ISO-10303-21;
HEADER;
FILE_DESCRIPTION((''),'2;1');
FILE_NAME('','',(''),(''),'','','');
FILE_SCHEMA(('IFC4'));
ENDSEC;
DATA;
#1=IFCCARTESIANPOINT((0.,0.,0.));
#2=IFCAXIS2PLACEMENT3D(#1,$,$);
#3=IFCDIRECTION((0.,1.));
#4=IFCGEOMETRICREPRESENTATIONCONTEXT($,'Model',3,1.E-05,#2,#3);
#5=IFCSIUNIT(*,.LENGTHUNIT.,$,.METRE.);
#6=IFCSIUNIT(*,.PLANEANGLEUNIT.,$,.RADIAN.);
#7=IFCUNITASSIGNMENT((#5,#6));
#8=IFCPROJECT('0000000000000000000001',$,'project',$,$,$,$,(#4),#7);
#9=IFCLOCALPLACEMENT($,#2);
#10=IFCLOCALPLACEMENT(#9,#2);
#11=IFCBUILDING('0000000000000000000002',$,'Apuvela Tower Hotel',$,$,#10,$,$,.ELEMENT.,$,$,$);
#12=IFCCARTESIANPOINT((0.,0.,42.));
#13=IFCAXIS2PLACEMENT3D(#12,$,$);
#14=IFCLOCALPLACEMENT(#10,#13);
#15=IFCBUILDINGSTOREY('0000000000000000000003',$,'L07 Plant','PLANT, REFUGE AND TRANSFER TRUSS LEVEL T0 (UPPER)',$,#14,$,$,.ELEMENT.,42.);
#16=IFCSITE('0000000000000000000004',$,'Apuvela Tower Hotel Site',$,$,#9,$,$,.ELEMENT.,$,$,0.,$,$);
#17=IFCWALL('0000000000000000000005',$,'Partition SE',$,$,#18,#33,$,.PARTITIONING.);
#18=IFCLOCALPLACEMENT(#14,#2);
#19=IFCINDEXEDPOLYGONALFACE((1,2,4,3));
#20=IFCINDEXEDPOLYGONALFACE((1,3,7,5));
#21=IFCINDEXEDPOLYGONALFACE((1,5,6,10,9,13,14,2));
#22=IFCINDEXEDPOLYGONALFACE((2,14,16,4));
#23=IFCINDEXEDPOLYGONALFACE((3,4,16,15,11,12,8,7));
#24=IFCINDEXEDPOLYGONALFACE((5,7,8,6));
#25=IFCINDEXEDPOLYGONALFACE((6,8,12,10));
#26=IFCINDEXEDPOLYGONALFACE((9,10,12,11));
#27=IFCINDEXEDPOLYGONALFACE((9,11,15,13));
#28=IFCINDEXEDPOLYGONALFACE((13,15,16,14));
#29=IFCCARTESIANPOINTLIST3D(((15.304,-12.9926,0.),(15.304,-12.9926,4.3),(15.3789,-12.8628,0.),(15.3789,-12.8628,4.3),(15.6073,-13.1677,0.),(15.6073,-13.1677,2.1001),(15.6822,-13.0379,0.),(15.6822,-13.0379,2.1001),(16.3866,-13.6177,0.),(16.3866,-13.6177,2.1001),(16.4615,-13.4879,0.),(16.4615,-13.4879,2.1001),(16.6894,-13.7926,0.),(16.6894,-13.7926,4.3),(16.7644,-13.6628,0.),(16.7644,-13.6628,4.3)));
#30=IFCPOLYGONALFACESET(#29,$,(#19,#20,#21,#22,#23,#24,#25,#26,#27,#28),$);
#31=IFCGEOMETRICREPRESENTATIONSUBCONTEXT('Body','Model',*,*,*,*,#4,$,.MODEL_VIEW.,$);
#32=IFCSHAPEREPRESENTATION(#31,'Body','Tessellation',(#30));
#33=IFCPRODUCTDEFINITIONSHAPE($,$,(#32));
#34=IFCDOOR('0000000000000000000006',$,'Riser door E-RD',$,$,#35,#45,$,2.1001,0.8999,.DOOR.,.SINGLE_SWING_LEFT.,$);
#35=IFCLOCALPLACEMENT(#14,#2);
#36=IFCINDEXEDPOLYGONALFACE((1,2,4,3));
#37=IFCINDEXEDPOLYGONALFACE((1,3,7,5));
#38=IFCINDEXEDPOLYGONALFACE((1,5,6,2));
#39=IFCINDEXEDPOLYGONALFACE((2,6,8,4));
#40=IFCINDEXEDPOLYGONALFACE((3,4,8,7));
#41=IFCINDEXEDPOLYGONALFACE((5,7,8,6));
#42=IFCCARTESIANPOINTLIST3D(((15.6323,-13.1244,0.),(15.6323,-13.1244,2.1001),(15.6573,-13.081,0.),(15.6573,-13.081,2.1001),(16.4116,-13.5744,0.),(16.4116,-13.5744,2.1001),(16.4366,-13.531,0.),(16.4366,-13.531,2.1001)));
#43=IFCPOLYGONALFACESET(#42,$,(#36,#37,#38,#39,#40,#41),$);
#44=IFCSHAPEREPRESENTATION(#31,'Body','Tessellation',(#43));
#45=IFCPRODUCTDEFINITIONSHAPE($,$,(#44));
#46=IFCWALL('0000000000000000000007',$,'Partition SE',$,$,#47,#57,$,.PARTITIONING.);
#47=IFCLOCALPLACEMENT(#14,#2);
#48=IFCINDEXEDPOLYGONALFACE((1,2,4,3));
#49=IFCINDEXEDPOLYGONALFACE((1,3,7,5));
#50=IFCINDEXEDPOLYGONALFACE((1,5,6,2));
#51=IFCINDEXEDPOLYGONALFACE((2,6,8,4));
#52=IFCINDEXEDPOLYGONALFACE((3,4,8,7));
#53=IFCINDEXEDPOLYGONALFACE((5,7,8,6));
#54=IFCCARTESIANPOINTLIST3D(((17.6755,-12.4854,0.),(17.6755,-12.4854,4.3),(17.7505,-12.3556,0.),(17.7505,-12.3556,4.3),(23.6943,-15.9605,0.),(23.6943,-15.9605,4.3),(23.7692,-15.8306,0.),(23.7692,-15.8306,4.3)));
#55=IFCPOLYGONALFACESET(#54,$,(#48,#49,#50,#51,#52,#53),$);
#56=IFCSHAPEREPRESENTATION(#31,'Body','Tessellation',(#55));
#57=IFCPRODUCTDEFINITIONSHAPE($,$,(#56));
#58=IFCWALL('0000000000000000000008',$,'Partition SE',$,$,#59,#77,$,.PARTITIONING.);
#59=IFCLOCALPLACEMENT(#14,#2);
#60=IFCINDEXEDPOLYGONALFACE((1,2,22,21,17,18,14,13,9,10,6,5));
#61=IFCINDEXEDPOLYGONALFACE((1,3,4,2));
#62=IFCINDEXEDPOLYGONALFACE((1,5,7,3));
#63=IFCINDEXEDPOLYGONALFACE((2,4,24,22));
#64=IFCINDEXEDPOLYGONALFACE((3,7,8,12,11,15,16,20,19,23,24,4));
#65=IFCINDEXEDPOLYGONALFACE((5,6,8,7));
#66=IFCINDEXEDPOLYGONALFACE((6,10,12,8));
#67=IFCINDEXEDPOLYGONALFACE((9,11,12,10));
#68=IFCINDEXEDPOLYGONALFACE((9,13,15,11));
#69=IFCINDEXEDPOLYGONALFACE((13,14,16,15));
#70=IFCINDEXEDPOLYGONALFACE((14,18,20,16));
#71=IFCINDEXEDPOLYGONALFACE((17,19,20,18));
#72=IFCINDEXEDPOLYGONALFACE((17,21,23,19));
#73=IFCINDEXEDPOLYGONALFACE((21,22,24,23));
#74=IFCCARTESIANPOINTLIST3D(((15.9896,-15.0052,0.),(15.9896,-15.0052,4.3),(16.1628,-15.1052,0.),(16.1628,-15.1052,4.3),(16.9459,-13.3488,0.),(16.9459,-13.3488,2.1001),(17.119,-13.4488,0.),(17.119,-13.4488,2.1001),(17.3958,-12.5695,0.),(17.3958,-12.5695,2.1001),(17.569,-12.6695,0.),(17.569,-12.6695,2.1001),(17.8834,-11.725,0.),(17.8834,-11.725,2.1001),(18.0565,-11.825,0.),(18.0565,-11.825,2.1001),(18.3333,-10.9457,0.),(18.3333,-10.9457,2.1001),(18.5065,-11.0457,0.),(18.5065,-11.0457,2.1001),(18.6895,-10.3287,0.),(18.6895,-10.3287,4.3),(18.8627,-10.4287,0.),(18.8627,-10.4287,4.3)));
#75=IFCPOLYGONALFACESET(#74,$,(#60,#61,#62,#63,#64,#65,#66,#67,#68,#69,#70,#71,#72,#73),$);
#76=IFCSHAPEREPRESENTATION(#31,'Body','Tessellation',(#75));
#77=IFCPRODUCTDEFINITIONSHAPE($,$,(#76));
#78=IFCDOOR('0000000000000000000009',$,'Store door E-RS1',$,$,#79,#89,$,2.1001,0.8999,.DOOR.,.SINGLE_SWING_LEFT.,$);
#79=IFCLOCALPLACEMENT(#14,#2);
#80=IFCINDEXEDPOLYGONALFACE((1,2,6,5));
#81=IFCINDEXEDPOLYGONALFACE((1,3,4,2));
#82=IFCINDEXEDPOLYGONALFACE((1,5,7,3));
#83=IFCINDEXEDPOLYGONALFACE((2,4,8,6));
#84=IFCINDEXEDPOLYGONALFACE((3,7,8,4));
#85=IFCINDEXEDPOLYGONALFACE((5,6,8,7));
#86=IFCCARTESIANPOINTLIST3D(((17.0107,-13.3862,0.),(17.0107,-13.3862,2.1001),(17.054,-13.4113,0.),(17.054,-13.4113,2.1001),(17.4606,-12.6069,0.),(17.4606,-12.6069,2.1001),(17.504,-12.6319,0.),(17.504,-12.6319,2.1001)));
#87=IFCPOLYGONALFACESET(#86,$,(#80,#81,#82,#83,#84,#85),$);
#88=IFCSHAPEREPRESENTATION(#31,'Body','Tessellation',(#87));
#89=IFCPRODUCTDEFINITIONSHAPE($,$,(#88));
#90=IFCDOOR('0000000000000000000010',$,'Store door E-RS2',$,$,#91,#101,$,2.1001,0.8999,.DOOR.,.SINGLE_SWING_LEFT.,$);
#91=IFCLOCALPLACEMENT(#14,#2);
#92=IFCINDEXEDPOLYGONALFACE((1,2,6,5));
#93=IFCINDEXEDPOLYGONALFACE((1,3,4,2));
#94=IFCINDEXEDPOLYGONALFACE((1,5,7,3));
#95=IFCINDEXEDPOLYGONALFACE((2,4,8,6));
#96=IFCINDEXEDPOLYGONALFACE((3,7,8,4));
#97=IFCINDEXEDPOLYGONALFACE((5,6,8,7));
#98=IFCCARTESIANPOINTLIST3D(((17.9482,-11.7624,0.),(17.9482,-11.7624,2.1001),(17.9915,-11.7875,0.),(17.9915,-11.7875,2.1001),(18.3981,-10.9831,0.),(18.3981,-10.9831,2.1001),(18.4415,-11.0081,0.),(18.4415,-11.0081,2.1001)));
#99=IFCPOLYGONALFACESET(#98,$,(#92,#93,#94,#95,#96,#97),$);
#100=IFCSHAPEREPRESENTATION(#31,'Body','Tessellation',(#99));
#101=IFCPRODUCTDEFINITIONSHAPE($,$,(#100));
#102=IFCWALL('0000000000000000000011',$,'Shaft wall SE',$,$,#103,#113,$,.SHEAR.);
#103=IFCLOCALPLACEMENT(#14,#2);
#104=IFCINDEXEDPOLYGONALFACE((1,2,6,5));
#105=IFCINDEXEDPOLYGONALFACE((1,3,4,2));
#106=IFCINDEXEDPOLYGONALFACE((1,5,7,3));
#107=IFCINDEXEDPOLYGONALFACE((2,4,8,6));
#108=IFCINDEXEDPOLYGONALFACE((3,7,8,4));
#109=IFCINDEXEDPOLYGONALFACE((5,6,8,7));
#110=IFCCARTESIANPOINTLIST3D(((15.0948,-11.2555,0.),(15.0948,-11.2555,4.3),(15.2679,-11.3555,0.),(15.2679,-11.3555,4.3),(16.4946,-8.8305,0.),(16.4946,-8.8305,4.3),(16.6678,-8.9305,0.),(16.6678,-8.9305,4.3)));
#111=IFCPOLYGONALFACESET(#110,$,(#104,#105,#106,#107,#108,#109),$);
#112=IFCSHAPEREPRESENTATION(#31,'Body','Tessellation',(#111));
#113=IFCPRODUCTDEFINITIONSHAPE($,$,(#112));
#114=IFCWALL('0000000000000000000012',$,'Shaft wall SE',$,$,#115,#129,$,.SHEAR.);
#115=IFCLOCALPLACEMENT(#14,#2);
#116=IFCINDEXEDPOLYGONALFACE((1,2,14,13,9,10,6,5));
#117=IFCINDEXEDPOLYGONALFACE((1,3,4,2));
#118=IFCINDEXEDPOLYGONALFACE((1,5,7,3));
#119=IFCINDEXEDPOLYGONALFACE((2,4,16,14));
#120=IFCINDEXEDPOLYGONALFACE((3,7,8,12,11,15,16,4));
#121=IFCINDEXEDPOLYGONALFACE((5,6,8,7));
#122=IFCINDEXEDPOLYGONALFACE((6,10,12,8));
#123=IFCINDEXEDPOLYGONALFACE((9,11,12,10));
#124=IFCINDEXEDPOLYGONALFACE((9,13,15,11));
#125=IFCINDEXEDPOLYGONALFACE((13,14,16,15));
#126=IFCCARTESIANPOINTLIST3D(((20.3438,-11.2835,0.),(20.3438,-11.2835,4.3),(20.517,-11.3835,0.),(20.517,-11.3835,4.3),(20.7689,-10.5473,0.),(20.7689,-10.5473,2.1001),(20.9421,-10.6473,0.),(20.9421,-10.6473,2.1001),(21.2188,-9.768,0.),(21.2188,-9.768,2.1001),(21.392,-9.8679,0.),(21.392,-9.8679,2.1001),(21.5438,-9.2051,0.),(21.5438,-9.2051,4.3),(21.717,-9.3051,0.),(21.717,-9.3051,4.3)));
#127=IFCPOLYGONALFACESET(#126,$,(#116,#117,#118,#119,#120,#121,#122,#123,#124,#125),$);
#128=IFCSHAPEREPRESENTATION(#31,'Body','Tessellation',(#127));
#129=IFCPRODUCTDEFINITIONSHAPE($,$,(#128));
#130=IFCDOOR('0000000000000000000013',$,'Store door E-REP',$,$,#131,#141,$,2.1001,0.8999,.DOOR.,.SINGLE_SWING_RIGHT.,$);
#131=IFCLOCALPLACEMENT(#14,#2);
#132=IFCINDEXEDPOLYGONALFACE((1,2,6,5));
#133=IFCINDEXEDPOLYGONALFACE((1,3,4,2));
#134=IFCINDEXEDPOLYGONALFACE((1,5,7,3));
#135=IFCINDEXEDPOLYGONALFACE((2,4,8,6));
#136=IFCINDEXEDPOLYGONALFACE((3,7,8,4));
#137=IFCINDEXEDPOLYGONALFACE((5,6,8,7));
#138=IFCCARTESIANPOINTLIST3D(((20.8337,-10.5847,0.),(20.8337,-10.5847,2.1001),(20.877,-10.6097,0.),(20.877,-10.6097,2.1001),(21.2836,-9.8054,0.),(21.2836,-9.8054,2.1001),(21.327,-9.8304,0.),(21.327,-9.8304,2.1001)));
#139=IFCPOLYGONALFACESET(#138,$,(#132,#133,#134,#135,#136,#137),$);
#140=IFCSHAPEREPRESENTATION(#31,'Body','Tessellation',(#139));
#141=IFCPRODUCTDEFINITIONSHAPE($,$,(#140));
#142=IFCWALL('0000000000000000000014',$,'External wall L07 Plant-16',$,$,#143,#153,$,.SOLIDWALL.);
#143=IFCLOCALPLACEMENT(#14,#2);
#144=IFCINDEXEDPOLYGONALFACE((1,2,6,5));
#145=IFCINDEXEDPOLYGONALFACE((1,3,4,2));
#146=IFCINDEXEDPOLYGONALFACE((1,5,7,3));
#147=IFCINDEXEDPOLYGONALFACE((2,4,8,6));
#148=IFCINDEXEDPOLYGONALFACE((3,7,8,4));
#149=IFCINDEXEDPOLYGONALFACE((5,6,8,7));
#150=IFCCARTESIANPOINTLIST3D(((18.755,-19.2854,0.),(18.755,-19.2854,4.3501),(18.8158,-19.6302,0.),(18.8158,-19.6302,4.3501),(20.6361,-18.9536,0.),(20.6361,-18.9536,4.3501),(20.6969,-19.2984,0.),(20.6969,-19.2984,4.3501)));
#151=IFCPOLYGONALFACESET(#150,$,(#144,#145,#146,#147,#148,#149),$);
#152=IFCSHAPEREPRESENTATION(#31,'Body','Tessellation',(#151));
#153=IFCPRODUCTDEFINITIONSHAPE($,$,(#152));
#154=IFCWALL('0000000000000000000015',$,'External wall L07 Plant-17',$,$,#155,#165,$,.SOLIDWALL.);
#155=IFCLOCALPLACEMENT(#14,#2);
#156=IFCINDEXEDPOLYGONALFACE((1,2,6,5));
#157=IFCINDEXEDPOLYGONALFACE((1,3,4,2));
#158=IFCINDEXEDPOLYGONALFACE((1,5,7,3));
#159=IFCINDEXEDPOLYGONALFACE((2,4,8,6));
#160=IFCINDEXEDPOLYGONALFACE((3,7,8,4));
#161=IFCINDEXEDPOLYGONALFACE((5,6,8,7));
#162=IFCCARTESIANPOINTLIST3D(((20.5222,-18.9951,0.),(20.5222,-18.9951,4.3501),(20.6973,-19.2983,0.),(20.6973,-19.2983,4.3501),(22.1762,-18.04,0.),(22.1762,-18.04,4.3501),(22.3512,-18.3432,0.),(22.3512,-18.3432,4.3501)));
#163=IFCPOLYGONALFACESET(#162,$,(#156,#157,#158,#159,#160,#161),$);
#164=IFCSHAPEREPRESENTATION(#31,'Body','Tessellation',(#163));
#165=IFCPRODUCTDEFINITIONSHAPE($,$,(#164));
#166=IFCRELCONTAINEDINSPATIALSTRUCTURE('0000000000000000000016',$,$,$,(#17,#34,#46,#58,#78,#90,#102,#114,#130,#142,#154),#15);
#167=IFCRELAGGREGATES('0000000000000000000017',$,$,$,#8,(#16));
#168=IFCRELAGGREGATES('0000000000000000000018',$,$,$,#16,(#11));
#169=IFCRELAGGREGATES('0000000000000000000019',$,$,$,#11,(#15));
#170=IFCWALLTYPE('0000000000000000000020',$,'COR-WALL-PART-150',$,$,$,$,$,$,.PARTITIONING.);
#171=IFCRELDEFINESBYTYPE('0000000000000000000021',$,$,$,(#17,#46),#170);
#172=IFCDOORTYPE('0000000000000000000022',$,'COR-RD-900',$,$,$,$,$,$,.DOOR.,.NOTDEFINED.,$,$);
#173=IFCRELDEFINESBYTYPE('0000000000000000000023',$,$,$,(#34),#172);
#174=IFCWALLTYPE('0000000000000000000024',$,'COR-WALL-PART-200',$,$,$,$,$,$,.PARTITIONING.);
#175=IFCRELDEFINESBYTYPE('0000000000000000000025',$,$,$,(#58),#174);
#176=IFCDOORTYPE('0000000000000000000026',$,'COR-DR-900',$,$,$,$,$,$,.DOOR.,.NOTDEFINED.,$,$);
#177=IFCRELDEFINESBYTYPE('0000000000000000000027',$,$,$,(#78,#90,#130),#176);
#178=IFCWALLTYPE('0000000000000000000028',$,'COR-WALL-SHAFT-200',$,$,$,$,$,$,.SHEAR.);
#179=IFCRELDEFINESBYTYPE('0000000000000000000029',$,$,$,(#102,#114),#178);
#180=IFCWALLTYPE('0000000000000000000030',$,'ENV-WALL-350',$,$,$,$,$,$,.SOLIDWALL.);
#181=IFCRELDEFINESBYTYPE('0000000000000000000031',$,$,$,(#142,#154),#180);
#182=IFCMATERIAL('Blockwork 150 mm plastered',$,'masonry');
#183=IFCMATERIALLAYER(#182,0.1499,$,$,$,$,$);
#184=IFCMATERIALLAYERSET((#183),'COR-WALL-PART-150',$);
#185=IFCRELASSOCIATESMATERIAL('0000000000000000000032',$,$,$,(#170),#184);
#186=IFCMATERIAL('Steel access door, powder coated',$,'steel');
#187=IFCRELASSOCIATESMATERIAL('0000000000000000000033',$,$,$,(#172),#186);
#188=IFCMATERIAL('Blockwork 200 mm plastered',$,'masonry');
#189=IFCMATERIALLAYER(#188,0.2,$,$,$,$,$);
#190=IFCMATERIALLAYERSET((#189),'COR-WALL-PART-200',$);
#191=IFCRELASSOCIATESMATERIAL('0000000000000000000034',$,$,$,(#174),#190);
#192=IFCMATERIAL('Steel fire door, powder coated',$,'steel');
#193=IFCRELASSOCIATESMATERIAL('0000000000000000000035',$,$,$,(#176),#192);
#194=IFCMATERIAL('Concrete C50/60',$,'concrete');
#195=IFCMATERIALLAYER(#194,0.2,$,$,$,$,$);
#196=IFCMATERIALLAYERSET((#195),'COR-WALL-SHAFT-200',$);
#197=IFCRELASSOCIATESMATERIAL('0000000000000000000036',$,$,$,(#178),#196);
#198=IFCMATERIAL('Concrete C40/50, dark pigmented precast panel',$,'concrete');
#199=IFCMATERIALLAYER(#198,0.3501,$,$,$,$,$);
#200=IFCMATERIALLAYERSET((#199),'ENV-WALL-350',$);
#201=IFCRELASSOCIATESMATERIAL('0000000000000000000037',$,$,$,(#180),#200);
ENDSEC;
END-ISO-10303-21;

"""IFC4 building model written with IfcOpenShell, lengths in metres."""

from ifc_helpers import new_model, si_unit, direction, frame, frame_2d, origin, place, context, subcontext, project, spatial, rectangle, extrude, material, layer, layer_set, type_object, element, fill, save


model = new_model("IFC4")

# Units and contexts
model_context = context("Model", 3, precision=1e-05, world=origin(), true_north=direction((0.0, 1.0)))
body_context = subcontext(model_context, "Body", "Model", "MODEL_VIEW")
ifc_project = project(units=[si_unit("LENGTHUNIT", "METRE"), si_unit("PLANEANGLEUNIT", "RADIAN")], contexts=[model_context])

# Site, building, storey
site_placement = place(None, origin())
site = spatial("IfcSite", under=ifc_project, at=site_placement, Name="Apuvela Tower Hotel Site", CompositionType="ELEMENT", RefElevation=0.0)
building_placement = place(site_placement, origin())
building = spatial("IfcBuilding", under=site, at=building_placement, Name="Apuvela Tower Hotel", CompositionType="ELEMENT")
storey_placement = place(building_placement, frame((0.0, 0.0, 42.0)))
storey = spatial("IfcBuildingStorey", under=building, at=storey_placement, Name="L07 Plant", Description="PLANT, REFUGE AND TRANSFER TRUSS LEVEL T0 (UPPER)", CompositionType="ELEMENT", Elevation=42.0)

# Wall, opening, door
ifc_material_1 = material(Name="Blockwork 150 mm plastered", Category="masonry")
ifc_layer_1 = layer(ifc_material_1, 0.1499)
ifc_layer_set_1 = layer_set([ifc_layer_1], Name="COR-WALL-PART-150")
wall_type_1 = type_object("IfcWallType", Name="COR-WALL-PART-150", PredefinedType="PARTITIONING", material=ifc_layer_set_1)
wall_1_placement = place(storey_placement, frame((15.3416, -12.9277, 0.0), z_axis=(0.0, 0.0, 1.0), x_axis=(0.86599, -0.500061, 0.0)))
wall_1 = element("IfcWall", 1, at=wall_1_placement, inside=storey, type_object=wall_type_1, Name="Partition SE", PredefinedType="PARTITIONING", context=body_context, shape_type="SweptSolid", body=[
    extrude(rectangle(XDim=1.5999, YDim=0.1499, at=frame_2d((0.7998, 0.0))), origin(), (0.0, 0.0, 1.0), 4.3),
])
opening_1_placement = place(wall_1_placement, frame((0.3501, 0.0, 0.0)))
opening_1 = element("IfcOpeningElement", 2, at=opening_1_placement, cuts=wall_1, PredefinedType="OPENING", context=body_context, shape_type="SweptSolid", body=[
    extrude(rectangle(XDim=0.8999, YDim=2.1001, at=frame_2d((0.45, 1.05))), frame((0.0, 0.085, 0.0), z_axis=(0.0, -1.0, 0.0), x_axis=(1.0, 0.0, 0.0)), (0.0, 0.0, 1.0), 0.1699),
])
ifc_material_2 = material(Name="Steel access door, powder coated", Category="steel")
door_type_1 = type_object("IfcDoorType", Name="COR-RD-900", OperationType="NOTDEFINED", PredefinedType="DOOR", material=ifc_material_2)
door_1_placement = place(opening_1_placement, frame((0.8999, 0.0, 0.0), z_axis=(0.0, 0.0, 1.0), x_axis=(-1.0, 0.0, 0.0)))
door_1 = element("IfcDoor", 3, at=door_1_placement, inside=storey, type_object=door_type_1, Name="Riser door E-RD", OperationType="SINGLE_SWING_LEFT", OverallHeight=2.1001, OverallWidth=0.8999, PredefinedType="DOOR", context=body_context, shape_type="SweptSolid", body=[
    extrude(rectangle(XDim=0.8999, YDim=2.1001, at=frame_2d((0.45, 1.05))), frame((0.0, 0.0249, 0.0), z_axis=(0.0, -1.0, 0.0), x_axis=(1.0, 0.0, 0.0)), (0.0, 0.0, 1.0), 0.05),
])
fill(opening_1, door_1)

# Wall
wall_2_placement = place(storey_placement, frame((17.7129, -12.4204, 0.0), z_axis=(0.0, 0.0, 1.0), x_axis=(0.866017, -0.500015, 0.0)))
element("IfcWall", 4, at=wall_2_placement, inside=storey, type_object=wall_type_1, Name="Partition SE", PredefinedType="PARTITIONING", context=body_context, shape_type="SweptSolid", body=[
    extrude(rectangle(XDim=6.95, YDim=0.1499, at=frame_2d((3.4751, 0.0))), origin(), (0.0, 0.0, 1.0), 4.3),
])

# Wall, openings, doors
ifc_material_3 = material(Name="Blockwork 200 mm plastered", Category="masonry")
ifc_layer_2 = layer(ifc_material_3, 0.2)
ifc_layer_set_2 = layer_set([ifc_layer_2], Name="COR-WALL-PART-200")
wall_type_2 = type_object("IfcWallType", Name="COR-WALL-PART-200", PredefinedType="PARTITIONING", material=ifc_layer_set_2)
wall_3_placement = place(storey_placement, frame((16.0762, -15.0552, 0.0), z_axis=(0.0, 0.0, 1.0), x_axis=(0.499995, 0.866028, 0.0)))
wall_3 = element("IfcWall", 5, at=wall_3_placement, inside=storey, type_object=wall_type_2, Name="Partition SE", PredefinedType="PARTITIONING", context=body_context, shape_type="SweptSolid", body=[
    extrude(rectangle(XDim=5.3999, YDim=0.2, at=frame_2d((2.7, 0.0))), origin(), (0.0, 0.0, 1.0), 4.3),
])
opening_2_placement = place(wall_3_placement, frame((1.9126, 0.0, 0.0)))
opening_2 = element("IfcOpeningElement", 6, at=opening_2_placement, cuts=wall_3, PredefinedType="OPENING", context=body_context, shape_type="SweptSolid", body=[
    extrude(rectangle(XDim=0.8999, YDim=2.1001, at=frame_2d((0.45, 1.05))), frame((0.0, 0.1099, 0.0), z_axis=(0.0, -1.0, 0.0), x_axis=(1.0, 0.0, 0.0)), (0.0, 0.0, 1.0), 0.22),
])
opening_3_placement = place(wall_3_placement, frame((3.7876, 0.0, 0.0)))
opening_3 = element("IfcOpeningElement", 7, at=opening_3_placement, cuts=wall_3, PredefinedType="OPENING", context=body_context, shape_type="SweptSolid", body=[
    extrude(rectangle(XDim=0.8999, YDim=2.1001, at=frame_2d((0.45, 1.05))), frame((0.0, 0.1099, 0.0), z_axis=(0.0, -1.0, 0.0), x_axis=(1.0, 0.0, 0.0)), (0.0, 0.0, 1.0), 0.22),
])
ifc_material_4 = material(Name="Steel fire door, powder coated", Category="steel")
door_type_2 = type_object("IfcDoorType", Name="COR-DR-900", OperationType="NOTDEFINED", PredefinedType="DOOR", material=ifc_material_4)
door_2_placement = place(opening_2_placement, frame((0.8999, 0.0, 0.0), z_axis=(0.0, 0.0, 1.0), x_axis=(-1.0, 0.0, 0.0)))
door_2 = element("IfcDoor", 8, at=door_2_placement, inside=storey, type_object=door_type_2, Name="Store door E-RS1", OperationType="SINGLE_SWING_LEFT", OverallHeight=2.1001, OverallWidth=0.8999, PredefinedType="DOOR", context=body_context, shape_type="SweptSolid", body=[
    extrude(rectangle(XDim=0.8999, YDim=2.1001, at=frame_2d((0.45, 1.05))), frame((0.0, 0.0249, 0.0), z_axis=(0.0, -1.0, 0.0), x_axis=(1.0, 0.0, 0.0)), (0.0, 0.0, 1.0), 0.05),
])
fill(opening_2, door_2)
door_3_placement = place(opening_3_placement, frame((0.8999, 0.0, 0.0), z_axis=(0.0, 0.0, 1.0), x_axis=(-1.0, 0.0, 0.0)))
door_3 = element("IfcDoor", 9, at=door_3_placement, inside=storey, type_object=door_type_2, Name="Store door E-RS2", OperationType="SINGLE_SWING_LEFT", OverallHeight=2.1001, OverallWidth=0.8999, PredefinedType="DOOR", context=body_context, shape_type="SweptSolid", body=[
    extrude(rectangle(XDim=0.8999, YDim=2.1001, at=frame_2d((0.45, 1.05))), frame((0.0, 0.0249, 0.0), z_axis=(0.0, -1.0, 0.0), x_axis=(1.0, 0.0, 0.0)), (0.0, 0.0, 1.0), 0.05),
])
fill(opening_3, door_3)

# Wall
ifc_material_5 = material(Name="Concrete C50/60", Category="concrete")
ifc_layer_3 = layer(ifc_material_5, 0.2)
ifc_layer_set_3 = layer_set([ifc_layer_3], Name="COR-WALL-SHAFT-200")
wall_type_3 = type_object("IfcWallType", Name="COR-WALL-SHAFT-200", PredefinedType="SHEAR", material=ifc_layer_set_3)
wall_4_placement = place(storey_placement, frame((15.1814, -11.3054, 0.0), z_axis=(0.0, 0.0, 1.0), x_axis=(0.499946, 0.866056, 0.0)))
element("IfcWall", 10, at=wall_4_placement, inside=storey, type_object=wall_type_3, Name="Shaft wall SE", PredefinedType="SHEAR", context=body_context, shape_type="SweptSolid", body=[
    extrude(rectangle(XDim=2.8, YDim=0.2, at=frame_2d((1.3999, 0.0))), origin(), (0.0, 0.0, 1.0), 4.3),
])

# Wall, opening, door
wall_5_placement = place(storey_placement, frame((20.4304, -11.3335, 0.0), z_axis=(0.0, 0.0, 1.0), x_axis=(0.500001, 0.866025, 0.0)))
wall_5 = element("IfcWall", 11, at=wall_5_placement, inside=storey, type_object=wall_type_3, Name="Shaft wall SE", PredefinedType="SHEAR", context=body_context, shape_type="SweptSolid", body=[
    extrude(rectangle(XDim=2.3999, YDim=0.2, at=frame_2d((1.2, 0.0))), origin(), (0.0, 0.0, 1.0), 4.3),
])
opening_4_placement = place(wall_5_placement, frame((0.8501, 0.0, 0.0)))
opening_4 = element("IfcOpeningElement", 12, at=opening_4_placement, cuts=wall_5, PredefinedType="OPENING", context=body_context, shape_type="SweptSolid", body=[
    extrude(rectangle(XDim=0.8999, YDim=2.1001, at=frame_2d((0.45, 1.05))), frame((0.0, 0.1099, 0.0), z_axis=(0.0, -1.0, 0.0), x_axis=(1.0, 0.0, 0.0)), (0.0, 0.0, 1.0), 0.22),
])
door_4_placement = place(opening_4_placement, frame((0.8999, 0.0, 0.0), z_axis=(0.0, 0.0, 1.0), x_axis=(-1.0, 0.0, 0.0)))
door_4 = element("IfcDoor", 13, at=door_4_placement, inside=storey, type_object=door_type_2, Name="Store door E-REP", OperationType="SINGLE_SWING_RIGHT", OverallHeight=2.1001, OverallWidth=0.8999, PredefinedType="DOOR", context=body_context, shape_type="SweptSolid", body=[
    extrude(rectangle(XDim=0.8999, YDim=2.1001, at=frame_2d((0.45, 1.05))), frame((0.0, 0.0249, 0.0), z_axis=(0.0, -1.0, 0.0), x_axis=(1.0, 0.0, 0.0)), (0.0, 0.0, 1.0), 0.05),
])
fill(opening_4, door_4)

# Walls
ifc_material_6 = material(Name="Concrete C40/50, dark pigmented precast panel", Category="concrete")
ifc_layer_4 = layer(ifc_material_6, 0.3501)
ifc_layer_set_4 = layer_set([ifc_layer_4], Name="ENV-WALL-350")
wall_type_4 = type_object("IfcWallType", Name="ENV-WALL-350", PredefinedType="SOLIDWALL", material=ifc_layer_set_4)
wall_6_placement = place(storey_placement, frame((18.7854, -19.4578, 0.0), z_axis=(0.0, 0.0, 1.0), x_axis=(0.984799, 0.173698, 0.0)))
element("IfcWall", 14, at=wall_6_placement, inside=storey, type_object=wall_type_4, Name="External wall L07 Plant-16", PredefinedType="SOLIDWALL", context=body_context, shape_type="SweptSolid", body=[
    extrude(rectangle(XDim=1.9102, YDim=0.3501, at=frame_2d((0.9551, 0.0))), origin(), (0.0, 0.0, 1.0), 4.3501),
])
for number, where, z_axis, x_axis, name in (
    (15, (20.6096, -19.1467, 0.0), (0.0, 0.0, 1.0), (0.866, 0.500043, 0.0), "External wall L07 Plant-17"),
):
    element("IfcWall", number, at=place(storey_placement, frame(where, z_axis=z_axis, x_axis=x_axis)), inside=storey, type_object=wall_type_4, Name=name, PredefinedType="SOLIDWALL", context=body_context, shape_type="SweptSolid", body=[
        extrude(rectangle(XDim=1.9099, YDim=0.3501, at=frame_2d((0.9551, 0.0))), origin(), (0.0, 0.0, 1.0), 4.3501),
    ])

save(model, "model.ifc")
